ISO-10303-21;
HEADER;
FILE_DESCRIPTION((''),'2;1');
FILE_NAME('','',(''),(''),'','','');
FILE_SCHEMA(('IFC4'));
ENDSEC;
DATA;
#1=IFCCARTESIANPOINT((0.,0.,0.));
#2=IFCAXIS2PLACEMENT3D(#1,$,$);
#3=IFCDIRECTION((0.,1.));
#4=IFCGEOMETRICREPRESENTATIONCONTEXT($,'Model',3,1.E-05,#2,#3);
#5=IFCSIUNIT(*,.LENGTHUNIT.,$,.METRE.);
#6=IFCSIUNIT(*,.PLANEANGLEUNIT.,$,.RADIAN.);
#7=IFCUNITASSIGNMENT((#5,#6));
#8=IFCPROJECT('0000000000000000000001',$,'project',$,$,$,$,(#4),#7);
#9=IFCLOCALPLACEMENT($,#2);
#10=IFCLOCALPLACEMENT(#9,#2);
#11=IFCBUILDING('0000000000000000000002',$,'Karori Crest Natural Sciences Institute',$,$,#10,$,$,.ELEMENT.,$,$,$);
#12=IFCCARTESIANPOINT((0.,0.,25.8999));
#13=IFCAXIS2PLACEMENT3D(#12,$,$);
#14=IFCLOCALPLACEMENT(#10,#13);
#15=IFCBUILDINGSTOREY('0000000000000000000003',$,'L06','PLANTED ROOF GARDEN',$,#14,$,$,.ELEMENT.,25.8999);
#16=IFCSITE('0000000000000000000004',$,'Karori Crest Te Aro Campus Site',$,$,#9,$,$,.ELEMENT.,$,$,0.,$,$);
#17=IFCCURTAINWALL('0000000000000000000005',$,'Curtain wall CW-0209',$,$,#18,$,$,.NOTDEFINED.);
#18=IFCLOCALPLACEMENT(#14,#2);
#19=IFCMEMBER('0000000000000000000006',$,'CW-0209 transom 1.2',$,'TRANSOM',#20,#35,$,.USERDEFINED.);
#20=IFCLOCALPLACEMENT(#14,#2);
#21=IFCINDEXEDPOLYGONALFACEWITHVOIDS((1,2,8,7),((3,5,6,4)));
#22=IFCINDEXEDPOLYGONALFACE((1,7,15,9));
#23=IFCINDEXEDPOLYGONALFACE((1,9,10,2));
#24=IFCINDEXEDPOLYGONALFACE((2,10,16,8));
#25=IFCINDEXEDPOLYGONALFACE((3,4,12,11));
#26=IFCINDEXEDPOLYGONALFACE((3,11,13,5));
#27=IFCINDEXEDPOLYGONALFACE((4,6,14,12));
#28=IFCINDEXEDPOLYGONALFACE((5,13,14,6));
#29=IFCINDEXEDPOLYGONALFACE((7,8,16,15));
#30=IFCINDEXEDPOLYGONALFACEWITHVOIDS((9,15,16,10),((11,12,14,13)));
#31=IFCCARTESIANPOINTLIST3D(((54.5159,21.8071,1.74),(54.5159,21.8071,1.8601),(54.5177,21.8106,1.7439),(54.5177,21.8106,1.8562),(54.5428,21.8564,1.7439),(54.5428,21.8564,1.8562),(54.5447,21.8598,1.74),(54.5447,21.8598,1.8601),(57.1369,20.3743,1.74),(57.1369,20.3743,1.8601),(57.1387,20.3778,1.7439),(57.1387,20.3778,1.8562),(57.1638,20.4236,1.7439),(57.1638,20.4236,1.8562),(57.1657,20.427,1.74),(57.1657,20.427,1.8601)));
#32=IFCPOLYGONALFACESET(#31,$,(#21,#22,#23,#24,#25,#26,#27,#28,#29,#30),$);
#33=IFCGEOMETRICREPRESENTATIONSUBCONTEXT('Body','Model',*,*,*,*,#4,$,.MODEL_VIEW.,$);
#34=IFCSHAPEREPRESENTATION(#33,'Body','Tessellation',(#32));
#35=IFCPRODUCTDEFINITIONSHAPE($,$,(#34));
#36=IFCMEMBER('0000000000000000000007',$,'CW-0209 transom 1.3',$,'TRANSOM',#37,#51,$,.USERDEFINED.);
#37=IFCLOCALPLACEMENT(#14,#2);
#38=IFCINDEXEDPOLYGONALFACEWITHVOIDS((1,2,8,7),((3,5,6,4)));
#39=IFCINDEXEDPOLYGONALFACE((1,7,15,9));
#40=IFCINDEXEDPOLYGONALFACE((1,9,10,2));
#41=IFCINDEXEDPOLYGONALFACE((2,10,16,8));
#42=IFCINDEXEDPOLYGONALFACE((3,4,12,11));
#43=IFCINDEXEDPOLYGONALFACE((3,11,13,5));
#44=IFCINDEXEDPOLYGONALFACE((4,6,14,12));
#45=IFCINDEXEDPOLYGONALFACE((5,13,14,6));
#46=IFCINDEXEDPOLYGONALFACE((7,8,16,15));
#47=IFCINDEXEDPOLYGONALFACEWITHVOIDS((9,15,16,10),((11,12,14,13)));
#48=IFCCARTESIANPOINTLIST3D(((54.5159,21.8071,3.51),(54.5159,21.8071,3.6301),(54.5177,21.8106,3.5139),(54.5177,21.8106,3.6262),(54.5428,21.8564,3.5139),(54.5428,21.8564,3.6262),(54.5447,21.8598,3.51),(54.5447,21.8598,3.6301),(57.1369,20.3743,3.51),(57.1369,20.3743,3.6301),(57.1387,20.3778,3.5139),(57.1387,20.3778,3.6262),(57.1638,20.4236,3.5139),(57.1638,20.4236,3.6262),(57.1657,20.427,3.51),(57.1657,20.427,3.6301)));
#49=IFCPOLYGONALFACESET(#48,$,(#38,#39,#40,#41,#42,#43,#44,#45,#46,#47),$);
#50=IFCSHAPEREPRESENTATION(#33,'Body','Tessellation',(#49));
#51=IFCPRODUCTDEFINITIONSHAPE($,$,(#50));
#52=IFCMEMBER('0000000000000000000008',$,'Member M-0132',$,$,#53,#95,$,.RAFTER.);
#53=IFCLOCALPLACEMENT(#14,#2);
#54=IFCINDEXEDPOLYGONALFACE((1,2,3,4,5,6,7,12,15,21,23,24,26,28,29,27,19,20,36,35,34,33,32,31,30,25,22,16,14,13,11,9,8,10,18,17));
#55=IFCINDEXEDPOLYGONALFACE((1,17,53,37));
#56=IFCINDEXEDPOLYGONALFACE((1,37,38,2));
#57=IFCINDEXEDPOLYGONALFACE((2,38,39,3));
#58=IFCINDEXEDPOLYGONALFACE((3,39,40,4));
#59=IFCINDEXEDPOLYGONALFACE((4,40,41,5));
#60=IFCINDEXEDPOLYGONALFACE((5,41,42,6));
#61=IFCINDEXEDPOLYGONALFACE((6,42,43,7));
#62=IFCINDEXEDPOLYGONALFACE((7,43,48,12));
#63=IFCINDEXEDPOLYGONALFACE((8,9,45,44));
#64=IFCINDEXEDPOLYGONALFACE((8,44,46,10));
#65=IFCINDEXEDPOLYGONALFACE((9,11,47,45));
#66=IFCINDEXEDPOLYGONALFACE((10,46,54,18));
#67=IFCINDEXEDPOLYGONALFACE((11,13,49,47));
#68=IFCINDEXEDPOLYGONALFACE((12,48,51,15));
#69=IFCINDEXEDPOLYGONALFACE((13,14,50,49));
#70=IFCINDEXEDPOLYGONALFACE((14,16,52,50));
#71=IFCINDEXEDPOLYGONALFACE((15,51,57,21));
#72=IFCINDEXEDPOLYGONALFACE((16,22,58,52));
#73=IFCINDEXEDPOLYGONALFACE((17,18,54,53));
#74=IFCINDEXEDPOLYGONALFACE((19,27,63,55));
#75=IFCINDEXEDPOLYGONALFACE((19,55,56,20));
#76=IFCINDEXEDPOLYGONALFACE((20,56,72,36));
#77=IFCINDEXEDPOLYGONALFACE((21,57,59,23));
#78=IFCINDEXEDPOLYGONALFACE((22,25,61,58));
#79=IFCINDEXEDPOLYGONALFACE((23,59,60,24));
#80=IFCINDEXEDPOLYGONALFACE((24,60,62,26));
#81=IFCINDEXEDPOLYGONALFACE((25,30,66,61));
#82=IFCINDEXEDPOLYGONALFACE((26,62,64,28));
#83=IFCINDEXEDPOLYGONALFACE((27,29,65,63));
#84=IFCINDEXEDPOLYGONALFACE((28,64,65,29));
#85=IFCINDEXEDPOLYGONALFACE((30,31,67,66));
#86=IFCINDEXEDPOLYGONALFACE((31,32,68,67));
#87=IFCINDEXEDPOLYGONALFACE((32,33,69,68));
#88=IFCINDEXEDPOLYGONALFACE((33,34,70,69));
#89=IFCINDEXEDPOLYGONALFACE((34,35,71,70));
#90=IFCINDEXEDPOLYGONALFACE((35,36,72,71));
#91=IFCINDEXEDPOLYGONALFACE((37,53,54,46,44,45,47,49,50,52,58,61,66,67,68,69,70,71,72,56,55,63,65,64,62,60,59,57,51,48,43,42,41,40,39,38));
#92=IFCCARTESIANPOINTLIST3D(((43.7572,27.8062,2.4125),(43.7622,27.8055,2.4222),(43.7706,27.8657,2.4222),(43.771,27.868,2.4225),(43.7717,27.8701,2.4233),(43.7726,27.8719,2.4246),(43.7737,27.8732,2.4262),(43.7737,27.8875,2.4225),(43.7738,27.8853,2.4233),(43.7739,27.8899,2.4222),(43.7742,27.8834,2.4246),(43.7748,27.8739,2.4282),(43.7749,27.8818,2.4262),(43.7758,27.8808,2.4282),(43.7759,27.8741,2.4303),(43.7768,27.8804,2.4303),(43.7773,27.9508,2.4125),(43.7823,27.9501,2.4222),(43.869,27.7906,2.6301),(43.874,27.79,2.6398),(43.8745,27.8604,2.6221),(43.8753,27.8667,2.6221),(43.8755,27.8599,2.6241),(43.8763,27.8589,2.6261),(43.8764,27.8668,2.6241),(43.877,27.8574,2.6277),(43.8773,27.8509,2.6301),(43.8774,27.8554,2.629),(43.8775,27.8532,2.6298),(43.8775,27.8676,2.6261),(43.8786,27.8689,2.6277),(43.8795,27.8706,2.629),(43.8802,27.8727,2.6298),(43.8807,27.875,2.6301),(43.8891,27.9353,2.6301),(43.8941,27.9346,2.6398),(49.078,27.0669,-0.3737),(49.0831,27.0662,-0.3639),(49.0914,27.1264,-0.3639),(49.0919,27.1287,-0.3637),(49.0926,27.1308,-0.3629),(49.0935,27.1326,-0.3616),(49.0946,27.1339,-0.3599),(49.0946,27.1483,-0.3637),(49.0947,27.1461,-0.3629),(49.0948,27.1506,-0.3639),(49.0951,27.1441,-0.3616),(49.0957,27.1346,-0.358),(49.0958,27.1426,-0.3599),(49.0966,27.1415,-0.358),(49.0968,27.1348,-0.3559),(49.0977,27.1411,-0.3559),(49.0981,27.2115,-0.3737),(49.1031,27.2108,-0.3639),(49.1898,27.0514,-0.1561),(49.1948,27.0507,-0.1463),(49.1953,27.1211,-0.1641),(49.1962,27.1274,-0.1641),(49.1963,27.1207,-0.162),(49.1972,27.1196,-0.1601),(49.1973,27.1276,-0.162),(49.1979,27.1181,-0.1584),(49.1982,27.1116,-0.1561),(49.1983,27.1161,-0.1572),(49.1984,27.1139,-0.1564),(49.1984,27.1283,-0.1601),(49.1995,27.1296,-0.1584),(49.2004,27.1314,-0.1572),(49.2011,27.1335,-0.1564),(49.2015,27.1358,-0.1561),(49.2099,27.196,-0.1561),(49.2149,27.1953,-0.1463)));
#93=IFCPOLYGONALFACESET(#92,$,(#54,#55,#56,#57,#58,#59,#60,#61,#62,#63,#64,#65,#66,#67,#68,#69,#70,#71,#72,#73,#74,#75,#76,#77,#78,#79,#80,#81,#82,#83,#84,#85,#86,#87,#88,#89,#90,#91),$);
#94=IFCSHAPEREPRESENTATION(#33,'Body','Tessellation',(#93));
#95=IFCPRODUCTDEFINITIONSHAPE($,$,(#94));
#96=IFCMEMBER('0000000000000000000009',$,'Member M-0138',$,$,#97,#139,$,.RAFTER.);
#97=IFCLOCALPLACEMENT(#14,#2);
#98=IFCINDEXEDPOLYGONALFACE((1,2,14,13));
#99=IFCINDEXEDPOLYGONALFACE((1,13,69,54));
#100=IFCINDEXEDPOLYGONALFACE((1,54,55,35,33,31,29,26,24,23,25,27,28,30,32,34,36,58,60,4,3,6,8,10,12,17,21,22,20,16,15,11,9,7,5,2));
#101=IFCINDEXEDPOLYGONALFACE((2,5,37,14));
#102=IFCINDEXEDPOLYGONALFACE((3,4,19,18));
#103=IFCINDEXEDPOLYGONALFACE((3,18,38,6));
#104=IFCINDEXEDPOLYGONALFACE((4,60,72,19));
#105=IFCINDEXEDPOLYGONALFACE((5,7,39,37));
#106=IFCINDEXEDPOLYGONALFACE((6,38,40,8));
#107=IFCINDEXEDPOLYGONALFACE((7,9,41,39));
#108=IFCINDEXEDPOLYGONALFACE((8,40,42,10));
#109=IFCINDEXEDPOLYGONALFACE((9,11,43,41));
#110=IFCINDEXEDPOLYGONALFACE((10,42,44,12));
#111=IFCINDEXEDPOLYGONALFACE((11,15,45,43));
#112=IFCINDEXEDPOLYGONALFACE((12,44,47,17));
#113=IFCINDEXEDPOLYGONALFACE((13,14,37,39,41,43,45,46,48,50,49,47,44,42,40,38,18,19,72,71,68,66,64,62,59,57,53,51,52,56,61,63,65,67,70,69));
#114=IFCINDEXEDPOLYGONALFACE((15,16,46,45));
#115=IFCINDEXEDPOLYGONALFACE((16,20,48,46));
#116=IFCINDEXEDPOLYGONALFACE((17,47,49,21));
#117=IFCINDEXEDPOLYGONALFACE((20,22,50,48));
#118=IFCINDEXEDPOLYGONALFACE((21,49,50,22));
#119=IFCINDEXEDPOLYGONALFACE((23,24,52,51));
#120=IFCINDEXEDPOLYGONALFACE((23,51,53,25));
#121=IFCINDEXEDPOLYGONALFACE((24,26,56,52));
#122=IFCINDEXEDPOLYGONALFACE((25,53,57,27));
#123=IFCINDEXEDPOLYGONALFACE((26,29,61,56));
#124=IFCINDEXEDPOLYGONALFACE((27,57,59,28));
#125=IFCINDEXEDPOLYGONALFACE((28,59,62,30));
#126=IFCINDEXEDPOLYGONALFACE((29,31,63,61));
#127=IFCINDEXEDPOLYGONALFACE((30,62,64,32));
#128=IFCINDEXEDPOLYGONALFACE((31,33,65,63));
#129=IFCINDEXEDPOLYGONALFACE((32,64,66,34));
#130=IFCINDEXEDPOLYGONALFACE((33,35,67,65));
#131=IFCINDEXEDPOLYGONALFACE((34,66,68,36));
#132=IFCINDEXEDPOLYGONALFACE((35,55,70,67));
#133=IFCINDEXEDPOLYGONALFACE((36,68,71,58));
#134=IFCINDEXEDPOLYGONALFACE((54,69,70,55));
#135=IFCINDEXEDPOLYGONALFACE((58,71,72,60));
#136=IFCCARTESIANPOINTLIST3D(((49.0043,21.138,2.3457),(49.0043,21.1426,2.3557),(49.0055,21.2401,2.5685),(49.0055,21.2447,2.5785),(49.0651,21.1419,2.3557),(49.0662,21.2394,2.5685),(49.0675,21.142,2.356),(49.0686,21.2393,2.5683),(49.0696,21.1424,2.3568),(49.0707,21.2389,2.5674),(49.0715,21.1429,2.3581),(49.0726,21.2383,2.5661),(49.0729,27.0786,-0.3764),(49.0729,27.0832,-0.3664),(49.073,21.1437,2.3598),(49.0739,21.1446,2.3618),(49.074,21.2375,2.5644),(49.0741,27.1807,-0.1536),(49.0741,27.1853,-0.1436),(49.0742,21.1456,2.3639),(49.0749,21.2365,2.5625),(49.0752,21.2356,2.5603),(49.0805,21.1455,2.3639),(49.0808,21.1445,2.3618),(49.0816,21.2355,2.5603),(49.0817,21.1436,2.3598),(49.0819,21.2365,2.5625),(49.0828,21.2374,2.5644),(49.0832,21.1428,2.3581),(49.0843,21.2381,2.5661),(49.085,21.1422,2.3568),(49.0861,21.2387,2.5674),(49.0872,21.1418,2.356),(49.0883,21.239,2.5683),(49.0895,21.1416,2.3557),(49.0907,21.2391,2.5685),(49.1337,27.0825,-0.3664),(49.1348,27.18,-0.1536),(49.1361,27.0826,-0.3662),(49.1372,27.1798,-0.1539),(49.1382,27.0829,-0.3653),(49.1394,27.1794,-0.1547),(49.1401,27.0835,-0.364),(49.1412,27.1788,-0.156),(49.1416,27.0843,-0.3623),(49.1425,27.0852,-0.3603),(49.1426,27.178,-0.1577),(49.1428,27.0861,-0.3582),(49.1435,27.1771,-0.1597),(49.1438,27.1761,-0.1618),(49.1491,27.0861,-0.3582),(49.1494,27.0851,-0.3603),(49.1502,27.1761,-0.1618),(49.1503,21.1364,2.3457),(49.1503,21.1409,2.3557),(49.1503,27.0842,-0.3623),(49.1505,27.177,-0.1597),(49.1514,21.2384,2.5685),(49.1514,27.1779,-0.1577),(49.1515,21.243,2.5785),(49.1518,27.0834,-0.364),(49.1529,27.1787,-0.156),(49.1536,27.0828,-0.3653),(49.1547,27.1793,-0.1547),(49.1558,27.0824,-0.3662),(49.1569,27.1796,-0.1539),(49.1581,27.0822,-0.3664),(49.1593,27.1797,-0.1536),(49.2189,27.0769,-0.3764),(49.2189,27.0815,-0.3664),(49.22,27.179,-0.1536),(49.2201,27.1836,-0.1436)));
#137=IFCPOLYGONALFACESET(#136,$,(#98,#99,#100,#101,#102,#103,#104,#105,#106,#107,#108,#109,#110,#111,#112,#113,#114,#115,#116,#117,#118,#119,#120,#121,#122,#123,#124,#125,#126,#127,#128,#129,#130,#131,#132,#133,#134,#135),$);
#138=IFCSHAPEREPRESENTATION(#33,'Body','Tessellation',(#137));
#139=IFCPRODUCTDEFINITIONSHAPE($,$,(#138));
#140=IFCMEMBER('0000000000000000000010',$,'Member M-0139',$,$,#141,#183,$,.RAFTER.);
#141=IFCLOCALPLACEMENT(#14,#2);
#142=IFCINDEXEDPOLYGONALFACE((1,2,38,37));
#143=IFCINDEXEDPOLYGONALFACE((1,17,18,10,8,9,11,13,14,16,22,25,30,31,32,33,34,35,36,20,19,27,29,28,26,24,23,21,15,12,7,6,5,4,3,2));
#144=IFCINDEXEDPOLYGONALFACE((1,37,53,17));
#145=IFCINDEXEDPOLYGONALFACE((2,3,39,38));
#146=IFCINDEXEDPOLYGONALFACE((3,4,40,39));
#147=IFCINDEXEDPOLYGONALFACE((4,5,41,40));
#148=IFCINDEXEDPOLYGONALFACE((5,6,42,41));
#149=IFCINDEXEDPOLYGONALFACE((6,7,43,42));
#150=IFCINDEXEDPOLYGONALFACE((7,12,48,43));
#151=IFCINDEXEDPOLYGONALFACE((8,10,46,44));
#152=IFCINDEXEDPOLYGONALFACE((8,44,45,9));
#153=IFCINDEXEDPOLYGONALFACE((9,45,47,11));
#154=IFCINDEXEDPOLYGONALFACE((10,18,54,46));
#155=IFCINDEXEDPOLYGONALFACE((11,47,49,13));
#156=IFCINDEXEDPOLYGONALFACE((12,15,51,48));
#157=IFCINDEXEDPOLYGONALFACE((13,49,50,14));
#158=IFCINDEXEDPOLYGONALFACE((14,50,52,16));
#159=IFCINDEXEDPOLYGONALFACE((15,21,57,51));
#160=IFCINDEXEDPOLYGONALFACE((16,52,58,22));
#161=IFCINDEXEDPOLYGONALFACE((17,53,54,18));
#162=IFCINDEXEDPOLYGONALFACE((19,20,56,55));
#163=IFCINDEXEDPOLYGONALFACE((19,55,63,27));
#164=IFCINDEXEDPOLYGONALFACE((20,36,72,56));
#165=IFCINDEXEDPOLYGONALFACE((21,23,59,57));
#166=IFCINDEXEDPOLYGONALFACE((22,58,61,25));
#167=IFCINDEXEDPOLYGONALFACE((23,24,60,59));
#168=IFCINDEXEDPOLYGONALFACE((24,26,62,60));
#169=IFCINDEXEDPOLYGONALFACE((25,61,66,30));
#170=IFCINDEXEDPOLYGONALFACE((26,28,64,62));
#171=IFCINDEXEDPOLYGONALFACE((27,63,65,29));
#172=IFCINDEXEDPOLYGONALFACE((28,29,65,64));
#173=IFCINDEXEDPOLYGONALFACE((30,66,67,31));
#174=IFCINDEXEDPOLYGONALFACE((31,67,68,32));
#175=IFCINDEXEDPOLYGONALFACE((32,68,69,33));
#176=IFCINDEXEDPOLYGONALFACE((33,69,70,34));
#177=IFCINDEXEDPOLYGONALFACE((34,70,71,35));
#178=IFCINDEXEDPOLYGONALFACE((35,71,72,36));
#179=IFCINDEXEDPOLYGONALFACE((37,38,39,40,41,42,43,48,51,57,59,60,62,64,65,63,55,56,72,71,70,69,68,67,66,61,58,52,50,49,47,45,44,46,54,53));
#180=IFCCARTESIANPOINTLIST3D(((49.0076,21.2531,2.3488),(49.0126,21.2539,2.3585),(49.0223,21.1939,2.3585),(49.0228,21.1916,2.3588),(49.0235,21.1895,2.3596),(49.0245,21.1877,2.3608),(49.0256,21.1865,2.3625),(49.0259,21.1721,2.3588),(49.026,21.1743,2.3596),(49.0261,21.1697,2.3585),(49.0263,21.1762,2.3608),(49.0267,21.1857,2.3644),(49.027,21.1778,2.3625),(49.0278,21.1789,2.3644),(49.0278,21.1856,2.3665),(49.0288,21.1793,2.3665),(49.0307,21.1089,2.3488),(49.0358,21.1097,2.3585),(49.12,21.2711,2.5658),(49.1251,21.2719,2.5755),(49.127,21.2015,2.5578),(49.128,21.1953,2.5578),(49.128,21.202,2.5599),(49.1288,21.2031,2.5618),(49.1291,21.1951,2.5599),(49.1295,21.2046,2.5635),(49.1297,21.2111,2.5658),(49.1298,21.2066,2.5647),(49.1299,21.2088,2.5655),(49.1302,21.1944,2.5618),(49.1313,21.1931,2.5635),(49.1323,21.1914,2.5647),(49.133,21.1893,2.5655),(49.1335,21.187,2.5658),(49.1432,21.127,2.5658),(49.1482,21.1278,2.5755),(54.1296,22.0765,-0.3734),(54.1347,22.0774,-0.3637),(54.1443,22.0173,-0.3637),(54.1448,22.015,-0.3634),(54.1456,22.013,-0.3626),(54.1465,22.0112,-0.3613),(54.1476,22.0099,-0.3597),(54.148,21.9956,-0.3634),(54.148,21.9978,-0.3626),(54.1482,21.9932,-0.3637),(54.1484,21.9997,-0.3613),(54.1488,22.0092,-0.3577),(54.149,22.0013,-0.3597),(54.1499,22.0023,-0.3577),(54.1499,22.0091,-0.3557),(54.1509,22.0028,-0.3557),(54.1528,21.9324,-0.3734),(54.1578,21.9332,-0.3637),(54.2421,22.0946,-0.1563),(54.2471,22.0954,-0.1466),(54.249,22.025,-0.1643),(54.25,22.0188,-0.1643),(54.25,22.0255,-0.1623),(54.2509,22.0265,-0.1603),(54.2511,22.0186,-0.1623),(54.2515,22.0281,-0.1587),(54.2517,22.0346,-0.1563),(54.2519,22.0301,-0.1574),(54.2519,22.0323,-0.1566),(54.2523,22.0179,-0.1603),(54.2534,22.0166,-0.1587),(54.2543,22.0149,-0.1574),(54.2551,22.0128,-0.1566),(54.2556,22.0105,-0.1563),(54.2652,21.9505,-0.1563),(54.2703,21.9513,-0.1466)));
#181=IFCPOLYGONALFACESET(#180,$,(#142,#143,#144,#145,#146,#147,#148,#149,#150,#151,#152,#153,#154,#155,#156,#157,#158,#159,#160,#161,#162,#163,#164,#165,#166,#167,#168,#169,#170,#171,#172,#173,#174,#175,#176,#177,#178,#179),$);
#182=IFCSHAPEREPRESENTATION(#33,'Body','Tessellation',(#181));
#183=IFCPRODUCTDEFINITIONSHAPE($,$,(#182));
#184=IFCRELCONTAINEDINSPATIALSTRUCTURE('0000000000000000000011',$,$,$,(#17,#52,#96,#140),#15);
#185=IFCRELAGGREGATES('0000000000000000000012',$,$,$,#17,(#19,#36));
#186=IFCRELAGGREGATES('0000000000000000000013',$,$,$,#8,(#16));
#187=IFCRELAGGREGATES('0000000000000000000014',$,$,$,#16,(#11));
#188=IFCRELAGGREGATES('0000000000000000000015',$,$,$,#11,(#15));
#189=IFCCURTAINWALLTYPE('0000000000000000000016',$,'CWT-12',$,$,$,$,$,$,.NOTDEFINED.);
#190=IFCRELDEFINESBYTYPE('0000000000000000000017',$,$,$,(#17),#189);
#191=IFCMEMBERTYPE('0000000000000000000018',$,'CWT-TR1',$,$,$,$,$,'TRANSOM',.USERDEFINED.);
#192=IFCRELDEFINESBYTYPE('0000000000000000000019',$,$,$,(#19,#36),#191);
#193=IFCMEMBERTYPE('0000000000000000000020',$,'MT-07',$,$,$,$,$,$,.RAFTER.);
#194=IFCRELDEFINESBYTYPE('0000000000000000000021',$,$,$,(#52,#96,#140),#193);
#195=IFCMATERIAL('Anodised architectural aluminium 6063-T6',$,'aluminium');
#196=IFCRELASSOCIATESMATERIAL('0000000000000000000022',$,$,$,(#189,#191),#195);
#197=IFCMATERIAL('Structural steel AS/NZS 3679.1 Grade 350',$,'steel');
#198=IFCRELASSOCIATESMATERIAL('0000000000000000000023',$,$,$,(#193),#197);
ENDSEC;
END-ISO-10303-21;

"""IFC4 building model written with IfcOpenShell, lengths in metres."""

from ifc_helpers import new_model, si_unit, direction, frame, origin, origin_2d, place, context, subcontext, project, spatial, hollow_rectangle, i_section, extrude, material, material_profile, profile_set, type_object, element, aggregate, save


model = new_model("IFC4")

# Units and contexts
model_context = context("Model", 3, precision=1e-05, world=origin(), true_north=direction((0.0, 1.0)))
body_context = subcontext(model_context, "Body", "Model", "MODEL_VIEW")
ifc_project = project(units=[si_unit("LENGTHUNIT", "METRE"), si_unit("PLANEANGLEUNIT", "RADIAN")], contexts=[model_context])

# Site, building, storey
site_placement = place(None, origin())
site = spatial("IfcSite", under=ifc_project, at=site_placement, Name="Karori Crest Te Aro Campus Site", CompositionType="ELEMENT", RefElevation=0.0)
building_placement = place(site_placement, origin())
building = spatial("IfcBuilding", under=site, at=building_placement, Name="Karori Crest Natural Sciences Institute", CompositionType="ELEMENT")
storey_placement = place(building_placement, frame((0.0, 0.0, 25.8999)))
storey = spatial("IfcBuildingStorey", under=building, at=storey_placement, Name="L06", Description="PLANTED ROOF GARDEN", CompositionType="ELEMENT", Elevation=25.8999)

# Shared definitions
ifc_material_1 = material(Name="Structural steel AS/NZS 3679.1 Grade 350", Category="steel")

# Curtain wall, members
ifc_material_2 = material(Name="Anodised architectural aluminium 6063-T6", Category="aluminium")
curtain_wall_type = type_object("IfcCurtainWallType", Name="CWT-12", PredefinedType="NOTDEFINED", material=ifc_material_2)
curtain_wall_placement = place(storey_placement, origin())
curtain_wall = element("IfcCurtainWall", 1, at=curtain_wall_placement, inside=storey, type_object=curtain_wall_type, Name="Curtain wall CW-0209", PredefinedType="NOTDEFINED")
ifc_material_profile_1 = material_profile(ifc_material_2, hollow_rectangle(XDim=0.0601, YDim=0.1201, WallThickness=0.0039, at=origin_2d()), Name="CWT120x60x4")
ifc_profile_set_1 = profile_set([ifc_material_profile_1], Name="Anodised architectural aluminium 6063-T6")
member_type_1 = type_object("IfcMemberType", Name="CWT-TR1", ElementType="TRANSOM", PredefinedType="USERDEFINED", material=ifc_profile_set_1)
member_1_placement = place(storey_placement, frame((54.5303, 21.8335, 1.8), z_axis=(0.877449, -0.479671, 0.0), x_axis=(0.479671, 0.877449, 0.0)))
member_1 = element("IfcMember", 2, at=member_1_placement, type_object=member_type_1, Name="CW-0209 transom 1.2", ObjectType="TRANSOM", PredefinedType="USERDEFINED", context=body_context, shape_type="SweptSolid", body=[
    extrude(hollow_rectangle(XDim=0.0601, YDim=0.1201, WallThickness=0.0039, at=origin_2d()), origin(), (0.0, 0.0, 1.0), 2.9871),
])
member_2_placement = place(storey_placement, frame((54.5303, 21.8335, 3.5701), z_axis=(0.877449, -0.479671, 0.0), x_axis=(0.479671, 0.877449, 0.0)))
member_2 = element("IfcMember", 3, at=member_2_placement, type_object=member_type_1, Name="CW-0209 transom 1.3", ObjectType="TRANSOM", PredefinedType="USERDEFINED", context=body_context, shape_type="SweptSolid", body=[
    extrude(hollow_rectangle(XDim=0.0601, YDim=0.1201, WallThickness=0.0039, at=origin_2d()), origin(), (0.0, 0.0, 1.0), 2.9871),
])

# Members
ifc_material_profile_2 = material_profile(ifc_material_1, i_section(OverallWidth=0.146, OverallDepth=0.2561, WebThickness=0.0063, FlangeThickness=0.011, FilletRadius=0.009, at=origin_2d()), Name="250UB37.3")
ifc_profile_set_2 = profile_set([ifc_material_profile_2], Name="Structural steel AS/NZS 3679.1 Grade 350")
member_type_2 = type_object("IfcMemberType", Name="MT-07", PredefinedType="RAFTER", material=ifc_profile_set_2)
member_3_placement = place(storey_placement, frame((49.1465, 27.1311, -0.26), z_axis=(-0.879262, 0.122162, 0.460408), x_axis=(-0.137615, -0.990486, 0.0)))
element("IfcMember", 4, at=member_3_placement, inside=storey, type_object=member_type_2, Name="Member M-0132", PredefinedType="RAFTER", context=body_context, shape_type="SweptSolid", body=[
    extrude(i_section(OverallWidth=0.146, OverallDepth=0.2561, WebThickness=0.0063, FlangeThickness=0.011, FilletRadius=0.009, at=origin_2d()), origin(), (0.0, 0.0, 1.0), 6.0515),
])
member_4_placement = place(storey_placement, frame((49.1465, 27.1311, -0.26), z_axis=(-0.010498, -0.909052, 0.416551), x_axis=(0.999933, -0.011547, 0.0)))
element("IfcMember", 5, at=member_4_placement, inside=storey, type_object=member_type_2, Name="Member M-0138", PredefinedType="RAFTER", context=body_context, shape_type="SweptSolid", body=[
    extrude(i_section(OverallWidth=0.146, OverallDepth=0.2561, WebThickness=0.0063, FlangeThickness=0.011, FilletRadius=0.009, at=origin_2d()), origin(), (0.0, 0.0, 1.0), 6.5349),
])
member_5_placement = place(storey_placement, frame((54.2, 22.0139, -0.26), z_axis=(-0.874273, -0.140559, 0.46464), x_axis=(0.158734, -0.987321, 0.0)))
element("IfcMember", 6, at=member_5_placement, inside=storey, type_object=member_type_2, Name="Member M-0139", PredefinedType="RAFTER", context=body_context, shape_type="SweptSolid", body=[
    extrude(i_section(OverallWidth=0.146, OverallDepth=0.2561, WebThickness=0.0063, FlangeThickness=0.011, FilletRadius=0.009, at=origin_2d()), origin(), (0.0, 0.0, 1.0), 5.8586),
])

aggregate(curtain_wall, [member_1, member_2])

save(model, "model.ifc")
